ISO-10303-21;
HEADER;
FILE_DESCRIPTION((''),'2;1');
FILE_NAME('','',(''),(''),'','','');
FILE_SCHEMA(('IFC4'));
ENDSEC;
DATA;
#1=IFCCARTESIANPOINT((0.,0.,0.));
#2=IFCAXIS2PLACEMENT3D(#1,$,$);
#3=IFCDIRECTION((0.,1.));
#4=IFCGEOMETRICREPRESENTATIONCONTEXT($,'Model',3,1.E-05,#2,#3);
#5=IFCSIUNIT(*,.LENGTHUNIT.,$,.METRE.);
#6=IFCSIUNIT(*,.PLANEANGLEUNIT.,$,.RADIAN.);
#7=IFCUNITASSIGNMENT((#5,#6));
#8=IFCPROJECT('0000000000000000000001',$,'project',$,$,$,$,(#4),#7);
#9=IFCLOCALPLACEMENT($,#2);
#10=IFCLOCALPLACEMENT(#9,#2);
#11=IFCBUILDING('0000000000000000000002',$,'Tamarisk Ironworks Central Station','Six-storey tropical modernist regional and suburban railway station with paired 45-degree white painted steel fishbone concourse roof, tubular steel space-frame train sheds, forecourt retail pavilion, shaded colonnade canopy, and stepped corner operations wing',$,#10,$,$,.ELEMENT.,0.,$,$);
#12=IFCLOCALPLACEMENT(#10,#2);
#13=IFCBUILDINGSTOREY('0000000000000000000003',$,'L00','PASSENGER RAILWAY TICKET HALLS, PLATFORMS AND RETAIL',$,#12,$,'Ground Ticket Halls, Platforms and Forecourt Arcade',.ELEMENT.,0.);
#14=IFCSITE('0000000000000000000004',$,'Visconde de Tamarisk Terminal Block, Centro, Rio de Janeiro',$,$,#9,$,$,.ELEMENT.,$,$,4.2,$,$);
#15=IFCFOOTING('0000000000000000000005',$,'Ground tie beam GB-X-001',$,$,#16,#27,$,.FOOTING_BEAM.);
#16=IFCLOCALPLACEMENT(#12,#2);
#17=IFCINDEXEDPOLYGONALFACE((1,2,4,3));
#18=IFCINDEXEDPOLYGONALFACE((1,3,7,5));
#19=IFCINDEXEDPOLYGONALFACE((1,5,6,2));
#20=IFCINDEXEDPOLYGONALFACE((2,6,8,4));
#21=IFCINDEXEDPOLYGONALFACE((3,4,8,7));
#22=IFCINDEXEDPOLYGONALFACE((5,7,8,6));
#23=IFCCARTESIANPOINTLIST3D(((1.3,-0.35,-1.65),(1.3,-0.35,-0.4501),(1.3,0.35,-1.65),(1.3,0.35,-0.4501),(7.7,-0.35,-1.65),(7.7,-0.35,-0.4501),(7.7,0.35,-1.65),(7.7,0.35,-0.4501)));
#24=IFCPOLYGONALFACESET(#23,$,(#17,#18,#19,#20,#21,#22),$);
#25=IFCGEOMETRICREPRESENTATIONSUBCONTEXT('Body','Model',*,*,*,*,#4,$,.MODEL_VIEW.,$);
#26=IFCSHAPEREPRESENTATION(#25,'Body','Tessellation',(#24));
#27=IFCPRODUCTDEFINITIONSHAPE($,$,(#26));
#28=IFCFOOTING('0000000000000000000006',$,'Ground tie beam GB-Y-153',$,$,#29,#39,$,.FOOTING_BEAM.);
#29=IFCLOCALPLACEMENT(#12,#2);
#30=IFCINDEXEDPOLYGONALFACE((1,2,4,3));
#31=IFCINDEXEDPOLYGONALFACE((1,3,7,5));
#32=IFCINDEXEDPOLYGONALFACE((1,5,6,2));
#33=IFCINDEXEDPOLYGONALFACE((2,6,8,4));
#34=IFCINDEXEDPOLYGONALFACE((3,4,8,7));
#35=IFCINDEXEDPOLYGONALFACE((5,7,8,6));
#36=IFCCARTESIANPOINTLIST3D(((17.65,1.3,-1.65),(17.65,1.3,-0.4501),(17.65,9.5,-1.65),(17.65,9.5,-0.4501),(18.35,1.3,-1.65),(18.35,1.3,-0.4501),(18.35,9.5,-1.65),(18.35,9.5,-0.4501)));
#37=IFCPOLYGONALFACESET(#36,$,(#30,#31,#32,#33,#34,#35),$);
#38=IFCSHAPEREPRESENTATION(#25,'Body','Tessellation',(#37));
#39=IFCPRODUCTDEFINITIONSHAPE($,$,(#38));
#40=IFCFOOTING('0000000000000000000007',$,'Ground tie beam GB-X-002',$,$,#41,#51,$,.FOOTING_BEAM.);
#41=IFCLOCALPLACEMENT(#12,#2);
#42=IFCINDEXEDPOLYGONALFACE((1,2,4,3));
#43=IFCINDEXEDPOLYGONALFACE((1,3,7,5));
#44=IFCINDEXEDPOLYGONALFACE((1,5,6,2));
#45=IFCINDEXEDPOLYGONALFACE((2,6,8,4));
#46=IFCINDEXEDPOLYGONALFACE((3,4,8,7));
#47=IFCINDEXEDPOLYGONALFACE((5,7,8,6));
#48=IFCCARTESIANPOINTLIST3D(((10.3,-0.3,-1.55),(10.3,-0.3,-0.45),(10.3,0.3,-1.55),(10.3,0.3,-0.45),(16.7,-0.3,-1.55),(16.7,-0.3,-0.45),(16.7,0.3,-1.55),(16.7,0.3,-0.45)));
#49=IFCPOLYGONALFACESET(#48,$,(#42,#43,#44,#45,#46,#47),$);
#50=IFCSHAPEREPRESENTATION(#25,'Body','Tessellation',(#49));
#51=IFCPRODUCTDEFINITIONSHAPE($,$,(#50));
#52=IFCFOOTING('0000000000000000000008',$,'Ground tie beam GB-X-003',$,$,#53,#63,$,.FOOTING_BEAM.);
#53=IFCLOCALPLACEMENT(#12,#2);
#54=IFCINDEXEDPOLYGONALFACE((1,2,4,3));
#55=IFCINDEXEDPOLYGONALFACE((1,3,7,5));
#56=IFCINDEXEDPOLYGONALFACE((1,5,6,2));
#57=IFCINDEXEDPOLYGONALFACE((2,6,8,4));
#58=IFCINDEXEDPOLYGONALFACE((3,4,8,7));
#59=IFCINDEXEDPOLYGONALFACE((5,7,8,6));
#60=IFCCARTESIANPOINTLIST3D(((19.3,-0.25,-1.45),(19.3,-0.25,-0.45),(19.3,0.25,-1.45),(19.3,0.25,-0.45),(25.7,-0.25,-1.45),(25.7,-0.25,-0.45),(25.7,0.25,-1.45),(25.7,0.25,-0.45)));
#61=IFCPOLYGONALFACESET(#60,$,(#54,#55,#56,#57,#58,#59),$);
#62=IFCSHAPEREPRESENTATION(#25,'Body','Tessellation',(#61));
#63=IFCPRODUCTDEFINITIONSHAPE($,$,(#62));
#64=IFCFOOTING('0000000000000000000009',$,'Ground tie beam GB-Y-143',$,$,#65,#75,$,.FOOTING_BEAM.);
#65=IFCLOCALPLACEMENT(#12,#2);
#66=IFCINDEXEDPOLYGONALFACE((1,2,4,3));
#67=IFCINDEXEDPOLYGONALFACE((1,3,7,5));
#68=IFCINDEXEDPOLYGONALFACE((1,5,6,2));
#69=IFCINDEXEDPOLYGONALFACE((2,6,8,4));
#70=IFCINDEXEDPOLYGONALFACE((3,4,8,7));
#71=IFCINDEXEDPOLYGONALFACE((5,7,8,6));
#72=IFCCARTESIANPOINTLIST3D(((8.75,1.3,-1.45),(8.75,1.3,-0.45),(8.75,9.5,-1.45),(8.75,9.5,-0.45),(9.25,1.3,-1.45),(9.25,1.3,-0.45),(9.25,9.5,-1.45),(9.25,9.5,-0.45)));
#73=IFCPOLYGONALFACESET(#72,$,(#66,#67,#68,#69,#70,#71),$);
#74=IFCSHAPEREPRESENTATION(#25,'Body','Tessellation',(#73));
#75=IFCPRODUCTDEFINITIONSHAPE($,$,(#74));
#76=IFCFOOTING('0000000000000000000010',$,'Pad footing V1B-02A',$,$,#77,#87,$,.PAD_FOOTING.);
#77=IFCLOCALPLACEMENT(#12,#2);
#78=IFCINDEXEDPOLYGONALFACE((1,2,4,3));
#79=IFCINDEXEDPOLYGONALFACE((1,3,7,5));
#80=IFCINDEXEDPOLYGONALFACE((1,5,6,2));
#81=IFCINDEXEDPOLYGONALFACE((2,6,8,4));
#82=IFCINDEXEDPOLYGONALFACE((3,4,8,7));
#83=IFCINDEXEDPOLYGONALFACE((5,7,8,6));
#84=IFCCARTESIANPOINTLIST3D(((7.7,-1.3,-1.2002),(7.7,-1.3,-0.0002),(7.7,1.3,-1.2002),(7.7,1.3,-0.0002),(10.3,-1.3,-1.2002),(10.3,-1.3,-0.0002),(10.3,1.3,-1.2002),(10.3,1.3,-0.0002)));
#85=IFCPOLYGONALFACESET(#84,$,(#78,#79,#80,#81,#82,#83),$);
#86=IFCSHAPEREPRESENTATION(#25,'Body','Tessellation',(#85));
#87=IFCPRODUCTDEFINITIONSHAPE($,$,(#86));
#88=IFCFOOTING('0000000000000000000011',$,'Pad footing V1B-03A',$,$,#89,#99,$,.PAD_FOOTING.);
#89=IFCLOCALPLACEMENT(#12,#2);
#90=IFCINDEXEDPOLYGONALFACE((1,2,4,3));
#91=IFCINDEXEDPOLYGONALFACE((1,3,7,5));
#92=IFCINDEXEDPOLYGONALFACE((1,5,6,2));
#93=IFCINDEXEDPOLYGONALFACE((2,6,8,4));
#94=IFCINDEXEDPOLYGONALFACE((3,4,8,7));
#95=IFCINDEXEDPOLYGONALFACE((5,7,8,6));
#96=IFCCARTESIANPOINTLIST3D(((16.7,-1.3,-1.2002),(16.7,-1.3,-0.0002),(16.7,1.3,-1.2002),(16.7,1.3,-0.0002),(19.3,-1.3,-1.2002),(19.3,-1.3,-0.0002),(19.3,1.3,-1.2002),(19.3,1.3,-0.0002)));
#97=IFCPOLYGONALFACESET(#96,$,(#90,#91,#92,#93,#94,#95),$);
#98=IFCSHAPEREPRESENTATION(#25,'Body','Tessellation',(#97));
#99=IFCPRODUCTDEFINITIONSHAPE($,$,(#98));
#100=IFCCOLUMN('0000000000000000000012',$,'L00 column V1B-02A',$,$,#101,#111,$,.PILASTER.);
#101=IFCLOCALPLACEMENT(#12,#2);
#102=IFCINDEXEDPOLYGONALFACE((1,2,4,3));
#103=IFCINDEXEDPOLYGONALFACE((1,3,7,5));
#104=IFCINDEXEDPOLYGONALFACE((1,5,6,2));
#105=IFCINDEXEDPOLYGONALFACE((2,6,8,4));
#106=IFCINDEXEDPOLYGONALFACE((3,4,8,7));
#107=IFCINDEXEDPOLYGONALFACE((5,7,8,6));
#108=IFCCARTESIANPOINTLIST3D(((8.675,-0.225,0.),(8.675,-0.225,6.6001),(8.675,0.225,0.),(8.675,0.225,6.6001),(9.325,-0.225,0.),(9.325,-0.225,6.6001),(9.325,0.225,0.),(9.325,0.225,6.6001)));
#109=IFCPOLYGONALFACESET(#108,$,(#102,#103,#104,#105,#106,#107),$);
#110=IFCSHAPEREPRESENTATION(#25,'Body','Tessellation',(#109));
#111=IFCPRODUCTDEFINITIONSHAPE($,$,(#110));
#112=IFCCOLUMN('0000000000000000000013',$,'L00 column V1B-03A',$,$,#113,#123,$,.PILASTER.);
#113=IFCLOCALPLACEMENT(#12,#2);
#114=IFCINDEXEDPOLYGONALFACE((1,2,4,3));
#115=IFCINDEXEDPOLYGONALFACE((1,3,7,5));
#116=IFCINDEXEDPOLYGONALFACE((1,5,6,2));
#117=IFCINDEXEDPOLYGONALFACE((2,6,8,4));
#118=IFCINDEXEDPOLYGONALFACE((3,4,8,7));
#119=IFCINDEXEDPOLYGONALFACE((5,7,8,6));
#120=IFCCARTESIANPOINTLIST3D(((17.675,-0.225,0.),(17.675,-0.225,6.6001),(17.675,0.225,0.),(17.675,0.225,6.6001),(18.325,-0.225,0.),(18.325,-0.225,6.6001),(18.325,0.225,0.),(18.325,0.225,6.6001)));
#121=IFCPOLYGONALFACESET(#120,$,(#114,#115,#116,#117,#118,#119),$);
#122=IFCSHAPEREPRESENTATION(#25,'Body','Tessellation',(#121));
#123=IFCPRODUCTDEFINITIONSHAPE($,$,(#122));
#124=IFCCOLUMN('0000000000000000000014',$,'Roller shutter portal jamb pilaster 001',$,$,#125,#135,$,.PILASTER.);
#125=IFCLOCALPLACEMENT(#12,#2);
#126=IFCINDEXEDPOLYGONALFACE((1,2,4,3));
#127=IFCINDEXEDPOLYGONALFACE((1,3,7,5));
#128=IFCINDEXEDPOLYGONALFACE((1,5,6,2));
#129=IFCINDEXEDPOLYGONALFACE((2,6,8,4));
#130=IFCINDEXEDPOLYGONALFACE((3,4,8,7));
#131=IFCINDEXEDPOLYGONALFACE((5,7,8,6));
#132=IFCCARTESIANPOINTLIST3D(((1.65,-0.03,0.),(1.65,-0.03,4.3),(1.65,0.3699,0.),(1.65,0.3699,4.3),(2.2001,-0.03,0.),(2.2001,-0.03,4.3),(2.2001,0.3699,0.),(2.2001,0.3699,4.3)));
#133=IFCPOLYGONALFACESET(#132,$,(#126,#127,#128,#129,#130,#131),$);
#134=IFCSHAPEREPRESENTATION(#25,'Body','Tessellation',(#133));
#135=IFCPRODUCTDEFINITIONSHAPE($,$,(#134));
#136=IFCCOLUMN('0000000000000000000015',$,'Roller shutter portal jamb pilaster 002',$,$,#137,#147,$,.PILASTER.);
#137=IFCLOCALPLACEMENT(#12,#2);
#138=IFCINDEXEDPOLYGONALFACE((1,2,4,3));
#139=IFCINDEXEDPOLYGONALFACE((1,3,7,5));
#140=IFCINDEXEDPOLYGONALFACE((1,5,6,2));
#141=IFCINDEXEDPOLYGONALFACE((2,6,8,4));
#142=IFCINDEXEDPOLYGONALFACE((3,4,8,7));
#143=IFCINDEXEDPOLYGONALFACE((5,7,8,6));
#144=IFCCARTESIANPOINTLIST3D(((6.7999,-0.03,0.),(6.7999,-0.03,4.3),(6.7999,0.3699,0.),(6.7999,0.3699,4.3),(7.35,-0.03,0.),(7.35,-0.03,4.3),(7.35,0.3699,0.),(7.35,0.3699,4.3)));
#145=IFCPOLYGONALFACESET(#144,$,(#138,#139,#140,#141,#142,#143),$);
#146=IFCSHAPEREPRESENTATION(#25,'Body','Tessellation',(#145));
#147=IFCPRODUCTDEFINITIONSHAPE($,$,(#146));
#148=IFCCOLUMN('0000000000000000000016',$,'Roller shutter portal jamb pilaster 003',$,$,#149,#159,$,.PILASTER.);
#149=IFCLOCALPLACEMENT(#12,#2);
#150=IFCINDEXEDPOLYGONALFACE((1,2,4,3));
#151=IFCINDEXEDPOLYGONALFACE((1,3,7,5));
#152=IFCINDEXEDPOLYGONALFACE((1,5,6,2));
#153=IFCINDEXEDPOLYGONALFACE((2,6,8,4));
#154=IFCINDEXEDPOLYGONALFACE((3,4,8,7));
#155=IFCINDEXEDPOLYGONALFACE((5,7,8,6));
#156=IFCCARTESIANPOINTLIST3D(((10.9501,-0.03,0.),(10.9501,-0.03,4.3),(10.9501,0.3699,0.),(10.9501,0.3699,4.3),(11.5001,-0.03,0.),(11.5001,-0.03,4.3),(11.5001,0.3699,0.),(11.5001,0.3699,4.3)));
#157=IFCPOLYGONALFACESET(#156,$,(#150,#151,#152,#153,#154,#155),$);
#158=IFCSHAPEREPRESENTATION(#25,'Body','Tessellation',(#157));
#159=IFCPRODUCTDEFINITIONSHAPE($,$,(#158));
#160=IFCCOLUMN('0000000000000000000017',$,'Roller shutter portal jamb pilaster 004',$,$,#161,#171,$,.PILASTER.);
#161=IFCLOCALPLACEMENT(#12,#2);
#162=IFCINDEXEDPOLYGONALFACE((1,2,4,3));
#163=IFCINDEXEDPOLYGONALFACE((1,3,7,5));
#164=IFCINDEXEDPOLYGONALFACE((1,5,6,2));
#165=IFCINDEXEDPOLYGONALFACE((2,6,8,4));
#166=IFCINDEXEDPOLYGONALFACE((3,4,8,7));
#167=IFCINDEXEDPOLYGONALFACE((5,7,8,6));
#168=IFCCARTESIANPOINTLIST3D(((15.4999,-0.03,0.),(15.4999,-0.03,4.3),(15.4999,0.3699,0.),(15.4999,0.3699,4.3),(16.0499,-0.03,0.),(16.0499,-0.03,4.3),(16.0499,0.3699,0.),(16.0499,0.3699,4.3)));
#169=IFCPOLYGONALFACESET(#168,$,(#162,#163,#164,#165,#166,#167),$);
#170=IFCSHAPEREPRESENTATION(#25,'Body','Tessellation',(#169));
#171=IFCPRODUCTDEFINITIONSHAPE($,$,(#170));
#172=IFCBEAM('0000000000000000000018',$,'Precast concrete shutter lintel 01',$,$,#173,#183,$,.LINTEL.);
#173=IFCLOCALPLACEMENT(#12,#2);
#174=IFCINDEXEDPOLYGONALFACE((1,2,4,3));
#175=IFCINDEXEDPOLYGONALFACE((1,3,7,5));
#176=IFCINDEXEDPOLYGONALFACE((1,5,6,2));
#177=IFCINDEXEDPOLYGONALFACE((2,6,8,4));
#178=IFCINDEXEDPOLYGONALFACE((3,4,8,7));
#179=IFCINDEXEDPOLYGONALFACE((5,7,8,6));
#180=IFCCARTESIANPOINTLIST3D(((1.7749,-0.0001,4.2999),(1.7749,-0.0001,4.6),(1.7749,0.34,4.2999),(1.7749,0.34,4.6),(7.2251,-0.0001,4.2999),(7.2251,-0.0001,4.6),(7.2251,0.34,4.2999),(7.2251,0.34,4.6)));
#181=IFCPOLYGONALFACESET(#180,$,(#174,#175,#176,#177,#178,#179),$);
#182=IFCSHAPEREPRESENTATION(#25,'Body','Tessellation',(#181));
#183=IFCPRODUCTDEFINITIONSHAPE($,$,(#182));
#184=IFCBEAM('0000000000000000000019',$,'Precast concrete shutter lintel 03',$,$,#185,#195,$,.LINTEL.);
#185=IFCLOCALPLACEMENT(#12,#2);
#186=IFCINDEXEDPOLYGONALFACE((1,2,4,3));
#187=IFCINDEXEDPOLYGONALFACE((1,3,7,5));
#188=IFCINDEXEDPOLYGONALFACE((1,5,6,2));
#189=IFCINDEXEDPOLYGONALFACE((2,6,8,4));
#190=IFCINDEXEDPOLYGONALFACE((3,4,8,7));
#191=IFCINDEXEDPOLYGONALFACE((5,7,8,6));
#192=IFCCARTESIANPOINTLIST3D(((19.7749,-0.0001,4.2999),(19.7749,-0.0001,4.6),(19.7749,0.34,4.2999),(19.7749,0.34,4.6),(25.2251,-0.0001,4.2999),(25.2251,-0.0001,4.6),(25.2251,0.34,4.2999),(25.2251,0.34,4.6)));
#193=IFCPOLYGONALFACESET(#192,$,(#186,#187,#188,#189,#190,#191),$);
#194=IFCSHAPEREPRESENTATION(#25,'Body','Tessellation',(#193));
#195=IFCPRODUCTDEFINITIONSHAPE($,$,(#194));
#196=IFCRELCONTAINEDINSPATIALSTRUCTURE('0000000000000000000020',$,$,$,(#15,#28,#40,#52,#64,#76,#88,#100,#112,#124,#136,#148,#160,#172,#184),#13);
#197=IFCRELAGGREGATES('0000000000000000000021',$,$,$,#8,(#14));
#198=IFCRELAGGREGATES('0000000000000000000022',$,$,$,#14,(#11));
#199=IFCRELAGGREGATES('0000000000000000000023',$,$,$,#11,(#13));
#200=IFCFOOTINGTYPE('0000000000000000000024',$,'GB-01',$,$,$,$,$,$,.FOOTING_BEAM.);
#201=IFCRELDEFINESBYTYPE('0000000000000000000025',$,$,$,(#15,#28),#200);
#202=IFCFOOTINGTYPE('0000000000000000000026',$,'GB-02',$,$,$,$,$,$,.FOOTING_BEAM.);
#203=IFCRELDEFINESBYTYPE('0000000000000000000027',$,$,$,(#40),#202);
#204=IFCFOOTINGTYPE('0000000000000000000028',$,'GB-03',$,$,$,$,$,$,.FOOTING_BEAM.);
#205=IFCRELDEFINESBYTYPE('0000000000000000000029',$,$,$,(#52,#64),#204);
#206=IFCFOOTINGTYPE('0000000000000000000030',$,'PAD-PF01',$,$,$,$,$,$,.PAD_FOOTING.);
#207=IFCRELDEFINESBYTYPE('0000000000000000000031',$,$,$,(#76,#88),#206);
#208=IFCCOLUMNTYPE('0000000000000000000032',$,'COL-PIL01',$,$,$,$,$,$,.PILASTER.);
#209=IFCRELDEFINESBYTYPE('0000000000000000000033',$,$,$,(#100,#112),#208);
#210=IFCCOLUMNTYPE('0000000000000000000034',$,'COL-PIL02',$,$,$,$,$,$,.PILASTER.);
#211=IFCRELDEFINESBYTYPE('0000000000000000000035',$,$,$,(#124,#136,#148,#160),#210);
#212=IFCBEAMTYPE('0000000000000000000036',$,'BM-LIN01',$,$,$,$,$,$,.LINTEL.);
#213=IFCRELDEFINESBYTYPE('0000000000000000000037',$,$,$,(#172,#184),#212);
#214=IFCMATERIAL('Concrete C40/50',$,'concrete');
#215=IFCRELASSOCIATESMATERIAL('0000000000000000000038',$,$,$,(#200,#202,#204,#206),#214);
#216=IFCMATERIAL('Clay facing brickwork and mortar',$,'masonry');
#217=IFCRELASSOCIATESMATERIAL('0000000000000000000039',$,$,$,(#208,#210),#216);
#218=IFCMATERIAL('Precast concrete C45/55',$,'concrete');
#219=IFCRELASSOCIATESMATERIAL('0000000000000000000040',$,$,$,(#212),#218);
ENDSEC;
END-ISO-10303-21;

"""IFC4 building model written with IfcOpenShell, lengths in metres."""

from ifc_helpers import new_model, si_unit, direction, frame, origin, origin_2d, place, context, subcontext, project, spatial, rectangle, extrude, material, material_profile, profile_set, type_object, element, save


model = new_model("IFC4")

# Units and contexts
model_context = context("Model", 3, precision=1e-05, world=origin(), true_north=direction((0.0, 1.0)))
body_context = subcontext(model_context, "Body", "Model", "MODEL_VIEW")
ifc_project = project(units=[si_unit("LENGTHUNIT", "METRE"), si_unit("PLANEANGLEUNIT", "RADIAN")], contexts=[model_context])

# Site, building, storey
site_placement = place(None, origin())
site = spatial("IfcSite", under=ifc_project, at=site_placement, Name="Visconde de Tamarisk Terminal Block, Centro, Rio de Janeiro", CompositionType="ELEMENT", RefElevation=4.2)
building_placement = place(site_placement, origin())
building = spatial("IfcBuilding", under=site, at=building_placement, Name="Tamarisk Ironworks Central Station", Description="Six-storey tropical modernist regional and suburban railway station with paired 45-degree white painted steel fishbone concourse roof, tubular steel space-frame train sheds, forecourt retail pavilion, shaded colonnade canopy, and stepped corner operations wing", CompositionType="ELEMENT", ElevationOfRefHeight=0.0)
storey_placement = place(building_placement, origin())
storey = spatial("IfcBuildingStorey", under=building, at=storey_placement, Name="L00", Description="PASSENGER RAILWAY TICKET HALLS, PLATFORMS AND RETAIL", LongName="Ground Ticket Halls, Platforms and Forecourt Arcade", CompositionType="ELEMENT", Elevation=0.0)

# Footings
ifc_material_1 = material(Name="Concrete C40/50", Category="concrete")
ifc_material_profile_1 = material_profile(ifc_material_1, rectangle(XDim=0.7, YDim=1.2, at=origin_2d()), Name="GB01 700x1200")
ifc_profile_set_1 = profile_set([ifc_material_profile_1], Name="Concrete C40/50")
footing_type_1 = type_object("IfcFootingType", Name="GB-01", PredefinedType="FOOTING_BEAM", material=ifc_profile_set_1)
footing_1_placement = place(storey_placement, frame((1.3, 0.0, -1.05), z_axis=(1.0, 0.0, 0.0), x_axis=(0.0, 1.0, 0.0)))
element("IfcFooting", 1, at=footing_1_placement, inside=storey, type_object=footing_type_1, Name="Ground tie beam GB-X-001", PredefinedType="FOOTING_BEAM", context=body_context, shape_type="SweptSolid", body=[
    extrude(rectangle(XDim=0.7, YDim=1.2, at=origin_2d()), origin(), (0.0, 0.0, 1.0), 6.3999),
])
footing_2_placement = place(storey_placement, frame((18.0, 1.3, -1.05), z_axis=(0.0, 1.0, 0.0), x_axis=(-1.0, 0.0, 0.0)))
element("IfcFooting", 2, at=footing_2_placement, inside=storey, type_object=footing_type_1, Name="Ground tie beam GB-Y-153", PredefinedType="FOOTING_BEAM", context=body_context, shape_type="SweptSolid", body=[
    extrude(rectangle(XDim=0.7, YDim=1.2, at=origin_2d()), origin(), (0.0, 0.0, 1.0), 8.2),
])
ifc_material_profile_2 = material_profile(ifc_material_1, rectangle(XDim=0.6001, YDim=1.1001, at=origin_2d()), Name="GB02 600x1100")
ifc_profile_set_2 = profile_set([ifc_material_profile_2], Name="Concrete C40/50")
footing_type_2 = type_object("IfcFootingType", Name="GB-02", PredefinedType="FOOTING_BEAM", material=ifc_profile_set_2)
footing_3_placement = place(storey_placement, frame((10.3, 0.0, -1.0), z_axis=(1.0, 0.0, 0.0), x_axis=(0.0, 1.0, 0.0)))
element("IfcFooting", 3, at=footing_3_placement, inside=storey, type_object=footing_type_2, Name="Ground tie beam GB-X-002", PredefinedType="FOOTING_BEAM", context=body_context, shape_type="SweptSolid", body=[
    extrude(rectangle(XDim=0.6001, YDim=1.1001, at=origin_2d()), origin(), (0.0, 0.0, 1.0), 6.3999),
])
ifc_material_profile_3 = material_profile(ifc_material_1, rectangle(XDim=0.5, YDim=1.0, at=origin_2d()), Name="GB03 500x1000")
ifc_profile_set_3 = profile_set([ifc_material_profile_3], Name="Concrete C40/50")
footing_type_3 = type_object("IfcFootingType", Name="GB-03", PredefinedType="FOOTING_BEAM", material=ifc_profile_set_3)
footing_4_placement = place(storey_placement, frame((19.3, 0.0, -0.95), z_axis=(1.0, 0.0, 0.0), x_axis=(0.0, 1.0, 0.0)))
element("IfcFooting", 4, at=footing_4_placement, inside=storey, type_object=footing_type_3, Name="Ground tie beam GB-X-003", PredefinedType="FOOTING_BEAM", context=body_context, shape_type="SweptSolid", body=[
    extrude(rectangle(XDim=0.5, YDim=1.0, at=origin_2d()), origin(), (0.0, 0.0, 1.0), 6.3999),
])
footing_5_placement = place(storey_placement, frame((9.0, 1.3, -0.95), z_axis=(0.0, 1.0, 0.0), x_axis=(-1.0, 0.0, 0.0)))
element("IfcFooting", 5, at=footing_5_placement, inside=storey, type_object=footing_type_3, Name="Ground tie beam GB-Y-143", PredefinedType="FOOTING_BEAM", context=body_context, shape_type="SweptSolid", body=[
    extrude(rectangle(XDim=0.5, YDim=1.0, at=origin_2d()), origin(), (0.0, 0.0, 1.0), 8.2),
])
footing_type_4 = type_object("IfcFootingType", Name="PAD-PF01", PredefinedType="PAD_FOOTING", material=ifc_material_1)
for number, where, z_axis, x_axis, name in (
    (6, (9.0, 0.0, -1.2002), (0.0, 0.0, 1.0), (1.0, 0.0, 0.0), "Pad footing V1B-02A"),
    (7, (18.0, 0.0, -1.2002), (0.0, 0.0, 1.0), (1.0, 0.0, 0.0), "Pad footing V1B-03A"),
):
    element("IfcFooting", number, at=place(storey_placement, frame(where, z_axis=z_axis, x_axis=x_axis)), inside=storey, type_object=footing_type_4, Name=name, PredefinedType="PAD_FOOTING", context=body_context, shape_type="SweptSolid", body=[
        extrude(rectangle(XDim=2.6001, YDim=2.6001, at=origin_2d()), origin(), (0.0, 0.0, 1.0), 1.2),
    ])

# Columns
ifc_material_2 = material(Name="Clay facing brickwork and mortar", Category="masonry")
ifc_material_profile_4 = material_profile(ifc_material_2, rectangle(XDim=0.6499, YDim=0.45, at=origin_2d()), Name="PIL 650x450")
ifc_profile_set_4 = profile_set([ifc_material_profile_4], Name="Clay facing brickwork and mortar")
column_type_1 = type_object("IfcColumnType", Name="COL-PIL01", PredefinedType="PILASTER", material=ifc_profile_set_4)
for number, where, z_axis, x_axis, name in (
    (8, (9.0, 0.0, 0.0), (0.0, 0.0, 1.0), (1.0, 0.0, 0.0), "L00 column V1B-02A"),
    (9, (18.0, 0.0, 0.0), (0.0, 0.0, 1.0), (1.0, 0.0, 0.0), "L00 column V1B-03A"),
):
    element("IfcColumn", number, at=place(storey_placement, frame(where, z_axis=z_axis, x_axis=x_axis)), inside=storey, type_object=column_type_1, Name=name, PredefinedType="PILASTER", context=body_context, shape_type="SweptSolid", body=[
        extrude(rectangle(XDim=0.6499, YDim=0.45, at=origin_2d()), origin(), (0.0, 0.0, 1.0), 6.6001),
    ])
ifc_material_profile_5 = material_profile(ifc_material_2, rectangle(XDim=0.55, YDim=0.3999, at=origin_2d()), Name="PIL 550x400")
ifc_profile_set_5 = profile_set([ifc_material_profile_5], Name="Clay facing brickwork and mortar")
column_type_2 = type_object("IfcColumnType", Name="COL-PIL02", PredefinedType="PILASTER", material=ifc_profile_set_5)
for number, where, z_axis, x_axis, name in (
    (10, (1.925, 0.1699, 0.0), (0.0, 0.0, 1.0), (1.0, 0.0, 0.0), "Roller shutter portal jamb pilaster 001"),
    (11, (7.075, 0.1699, 0.0), (0.0, 0.0, 1.0), (1.0, 0.0, 0.0), "Roller shutter portal jamb pilaster 002"),
    (12, (11.2251, 0.1699, 0.0), (0.0, 0.0, 1.0), (1.0, 0.0, 0.0), "Roller shutter portal jamb pilaster 003"),
    (13, (15.7749, 0.1699, 0.0), (0.0, 0.0, 1.0), (1.0, 0.0, 0.0), "Roller shutter portal jamb pilaster 004"),
):
    element("IfcColumn", number, at=place(storey_placement, frame(where, z_axis=z_axis, x_axis=x_axis)), inside=storey, type_object=column_type_2, Name=name, PredefinedType="PILASTER", context=body_context, shape_type="SweptSolid", body=[
        extrude(rectangle(XDim=0.55, YDim=0.3999, at=origin_2d()), origin(), (0.0, 0.0, 1.0), 4.3),
    ])

# Beams
ifc_material_3 = material(Name="Precast concrete C45/55", Category="concrete")
ifc_material_profile_6 = material_profile(ifc_material_3, rectangle(XDim=0.3401, YDim=0.3, at=origin_2d()), Name="PC LINTEL 340x300")
ifc_profile_set_6 = profile_set([ifc_material_profile_6], Name="Precast concrete C45/55")
beam_type_1 = type_object("IfcBeamType", Name="BM-LIN01", PredefinedType="LINTEL", material=ifc_profile_set_6)
for number, where, z_axis, x_axis, name in (
    (14, (1.7749, 0.1699, 4.45), (1.0, 0.0, 0.0), (0.0, 1.0, 0.0), "Precast concrete shutter lintel 01"),
    (15, (19.7749, 0.1699, 4.45), (1.0, 0.0, 0.0), (0.0, 1.0, 0.0), "Precast concrete shutter lintel 03"),
):
    element("IfcBeam", number, at=place(storey_placement, frame(where, z_axis=z_axis, x_axis=x_axis)), inside=storey, type_object=beam_type_1, Name=name, PredefinedType="LINTEL", context=body_context, shape_type="SweptSolid", body=[
        extrude(rectangle(XDim=0.3401, YDim=0.3, at=origin_2d()), origin(), (0.0, 0.0, 1.0), 5.4502),
    ])

save(model, "model.ifc")
